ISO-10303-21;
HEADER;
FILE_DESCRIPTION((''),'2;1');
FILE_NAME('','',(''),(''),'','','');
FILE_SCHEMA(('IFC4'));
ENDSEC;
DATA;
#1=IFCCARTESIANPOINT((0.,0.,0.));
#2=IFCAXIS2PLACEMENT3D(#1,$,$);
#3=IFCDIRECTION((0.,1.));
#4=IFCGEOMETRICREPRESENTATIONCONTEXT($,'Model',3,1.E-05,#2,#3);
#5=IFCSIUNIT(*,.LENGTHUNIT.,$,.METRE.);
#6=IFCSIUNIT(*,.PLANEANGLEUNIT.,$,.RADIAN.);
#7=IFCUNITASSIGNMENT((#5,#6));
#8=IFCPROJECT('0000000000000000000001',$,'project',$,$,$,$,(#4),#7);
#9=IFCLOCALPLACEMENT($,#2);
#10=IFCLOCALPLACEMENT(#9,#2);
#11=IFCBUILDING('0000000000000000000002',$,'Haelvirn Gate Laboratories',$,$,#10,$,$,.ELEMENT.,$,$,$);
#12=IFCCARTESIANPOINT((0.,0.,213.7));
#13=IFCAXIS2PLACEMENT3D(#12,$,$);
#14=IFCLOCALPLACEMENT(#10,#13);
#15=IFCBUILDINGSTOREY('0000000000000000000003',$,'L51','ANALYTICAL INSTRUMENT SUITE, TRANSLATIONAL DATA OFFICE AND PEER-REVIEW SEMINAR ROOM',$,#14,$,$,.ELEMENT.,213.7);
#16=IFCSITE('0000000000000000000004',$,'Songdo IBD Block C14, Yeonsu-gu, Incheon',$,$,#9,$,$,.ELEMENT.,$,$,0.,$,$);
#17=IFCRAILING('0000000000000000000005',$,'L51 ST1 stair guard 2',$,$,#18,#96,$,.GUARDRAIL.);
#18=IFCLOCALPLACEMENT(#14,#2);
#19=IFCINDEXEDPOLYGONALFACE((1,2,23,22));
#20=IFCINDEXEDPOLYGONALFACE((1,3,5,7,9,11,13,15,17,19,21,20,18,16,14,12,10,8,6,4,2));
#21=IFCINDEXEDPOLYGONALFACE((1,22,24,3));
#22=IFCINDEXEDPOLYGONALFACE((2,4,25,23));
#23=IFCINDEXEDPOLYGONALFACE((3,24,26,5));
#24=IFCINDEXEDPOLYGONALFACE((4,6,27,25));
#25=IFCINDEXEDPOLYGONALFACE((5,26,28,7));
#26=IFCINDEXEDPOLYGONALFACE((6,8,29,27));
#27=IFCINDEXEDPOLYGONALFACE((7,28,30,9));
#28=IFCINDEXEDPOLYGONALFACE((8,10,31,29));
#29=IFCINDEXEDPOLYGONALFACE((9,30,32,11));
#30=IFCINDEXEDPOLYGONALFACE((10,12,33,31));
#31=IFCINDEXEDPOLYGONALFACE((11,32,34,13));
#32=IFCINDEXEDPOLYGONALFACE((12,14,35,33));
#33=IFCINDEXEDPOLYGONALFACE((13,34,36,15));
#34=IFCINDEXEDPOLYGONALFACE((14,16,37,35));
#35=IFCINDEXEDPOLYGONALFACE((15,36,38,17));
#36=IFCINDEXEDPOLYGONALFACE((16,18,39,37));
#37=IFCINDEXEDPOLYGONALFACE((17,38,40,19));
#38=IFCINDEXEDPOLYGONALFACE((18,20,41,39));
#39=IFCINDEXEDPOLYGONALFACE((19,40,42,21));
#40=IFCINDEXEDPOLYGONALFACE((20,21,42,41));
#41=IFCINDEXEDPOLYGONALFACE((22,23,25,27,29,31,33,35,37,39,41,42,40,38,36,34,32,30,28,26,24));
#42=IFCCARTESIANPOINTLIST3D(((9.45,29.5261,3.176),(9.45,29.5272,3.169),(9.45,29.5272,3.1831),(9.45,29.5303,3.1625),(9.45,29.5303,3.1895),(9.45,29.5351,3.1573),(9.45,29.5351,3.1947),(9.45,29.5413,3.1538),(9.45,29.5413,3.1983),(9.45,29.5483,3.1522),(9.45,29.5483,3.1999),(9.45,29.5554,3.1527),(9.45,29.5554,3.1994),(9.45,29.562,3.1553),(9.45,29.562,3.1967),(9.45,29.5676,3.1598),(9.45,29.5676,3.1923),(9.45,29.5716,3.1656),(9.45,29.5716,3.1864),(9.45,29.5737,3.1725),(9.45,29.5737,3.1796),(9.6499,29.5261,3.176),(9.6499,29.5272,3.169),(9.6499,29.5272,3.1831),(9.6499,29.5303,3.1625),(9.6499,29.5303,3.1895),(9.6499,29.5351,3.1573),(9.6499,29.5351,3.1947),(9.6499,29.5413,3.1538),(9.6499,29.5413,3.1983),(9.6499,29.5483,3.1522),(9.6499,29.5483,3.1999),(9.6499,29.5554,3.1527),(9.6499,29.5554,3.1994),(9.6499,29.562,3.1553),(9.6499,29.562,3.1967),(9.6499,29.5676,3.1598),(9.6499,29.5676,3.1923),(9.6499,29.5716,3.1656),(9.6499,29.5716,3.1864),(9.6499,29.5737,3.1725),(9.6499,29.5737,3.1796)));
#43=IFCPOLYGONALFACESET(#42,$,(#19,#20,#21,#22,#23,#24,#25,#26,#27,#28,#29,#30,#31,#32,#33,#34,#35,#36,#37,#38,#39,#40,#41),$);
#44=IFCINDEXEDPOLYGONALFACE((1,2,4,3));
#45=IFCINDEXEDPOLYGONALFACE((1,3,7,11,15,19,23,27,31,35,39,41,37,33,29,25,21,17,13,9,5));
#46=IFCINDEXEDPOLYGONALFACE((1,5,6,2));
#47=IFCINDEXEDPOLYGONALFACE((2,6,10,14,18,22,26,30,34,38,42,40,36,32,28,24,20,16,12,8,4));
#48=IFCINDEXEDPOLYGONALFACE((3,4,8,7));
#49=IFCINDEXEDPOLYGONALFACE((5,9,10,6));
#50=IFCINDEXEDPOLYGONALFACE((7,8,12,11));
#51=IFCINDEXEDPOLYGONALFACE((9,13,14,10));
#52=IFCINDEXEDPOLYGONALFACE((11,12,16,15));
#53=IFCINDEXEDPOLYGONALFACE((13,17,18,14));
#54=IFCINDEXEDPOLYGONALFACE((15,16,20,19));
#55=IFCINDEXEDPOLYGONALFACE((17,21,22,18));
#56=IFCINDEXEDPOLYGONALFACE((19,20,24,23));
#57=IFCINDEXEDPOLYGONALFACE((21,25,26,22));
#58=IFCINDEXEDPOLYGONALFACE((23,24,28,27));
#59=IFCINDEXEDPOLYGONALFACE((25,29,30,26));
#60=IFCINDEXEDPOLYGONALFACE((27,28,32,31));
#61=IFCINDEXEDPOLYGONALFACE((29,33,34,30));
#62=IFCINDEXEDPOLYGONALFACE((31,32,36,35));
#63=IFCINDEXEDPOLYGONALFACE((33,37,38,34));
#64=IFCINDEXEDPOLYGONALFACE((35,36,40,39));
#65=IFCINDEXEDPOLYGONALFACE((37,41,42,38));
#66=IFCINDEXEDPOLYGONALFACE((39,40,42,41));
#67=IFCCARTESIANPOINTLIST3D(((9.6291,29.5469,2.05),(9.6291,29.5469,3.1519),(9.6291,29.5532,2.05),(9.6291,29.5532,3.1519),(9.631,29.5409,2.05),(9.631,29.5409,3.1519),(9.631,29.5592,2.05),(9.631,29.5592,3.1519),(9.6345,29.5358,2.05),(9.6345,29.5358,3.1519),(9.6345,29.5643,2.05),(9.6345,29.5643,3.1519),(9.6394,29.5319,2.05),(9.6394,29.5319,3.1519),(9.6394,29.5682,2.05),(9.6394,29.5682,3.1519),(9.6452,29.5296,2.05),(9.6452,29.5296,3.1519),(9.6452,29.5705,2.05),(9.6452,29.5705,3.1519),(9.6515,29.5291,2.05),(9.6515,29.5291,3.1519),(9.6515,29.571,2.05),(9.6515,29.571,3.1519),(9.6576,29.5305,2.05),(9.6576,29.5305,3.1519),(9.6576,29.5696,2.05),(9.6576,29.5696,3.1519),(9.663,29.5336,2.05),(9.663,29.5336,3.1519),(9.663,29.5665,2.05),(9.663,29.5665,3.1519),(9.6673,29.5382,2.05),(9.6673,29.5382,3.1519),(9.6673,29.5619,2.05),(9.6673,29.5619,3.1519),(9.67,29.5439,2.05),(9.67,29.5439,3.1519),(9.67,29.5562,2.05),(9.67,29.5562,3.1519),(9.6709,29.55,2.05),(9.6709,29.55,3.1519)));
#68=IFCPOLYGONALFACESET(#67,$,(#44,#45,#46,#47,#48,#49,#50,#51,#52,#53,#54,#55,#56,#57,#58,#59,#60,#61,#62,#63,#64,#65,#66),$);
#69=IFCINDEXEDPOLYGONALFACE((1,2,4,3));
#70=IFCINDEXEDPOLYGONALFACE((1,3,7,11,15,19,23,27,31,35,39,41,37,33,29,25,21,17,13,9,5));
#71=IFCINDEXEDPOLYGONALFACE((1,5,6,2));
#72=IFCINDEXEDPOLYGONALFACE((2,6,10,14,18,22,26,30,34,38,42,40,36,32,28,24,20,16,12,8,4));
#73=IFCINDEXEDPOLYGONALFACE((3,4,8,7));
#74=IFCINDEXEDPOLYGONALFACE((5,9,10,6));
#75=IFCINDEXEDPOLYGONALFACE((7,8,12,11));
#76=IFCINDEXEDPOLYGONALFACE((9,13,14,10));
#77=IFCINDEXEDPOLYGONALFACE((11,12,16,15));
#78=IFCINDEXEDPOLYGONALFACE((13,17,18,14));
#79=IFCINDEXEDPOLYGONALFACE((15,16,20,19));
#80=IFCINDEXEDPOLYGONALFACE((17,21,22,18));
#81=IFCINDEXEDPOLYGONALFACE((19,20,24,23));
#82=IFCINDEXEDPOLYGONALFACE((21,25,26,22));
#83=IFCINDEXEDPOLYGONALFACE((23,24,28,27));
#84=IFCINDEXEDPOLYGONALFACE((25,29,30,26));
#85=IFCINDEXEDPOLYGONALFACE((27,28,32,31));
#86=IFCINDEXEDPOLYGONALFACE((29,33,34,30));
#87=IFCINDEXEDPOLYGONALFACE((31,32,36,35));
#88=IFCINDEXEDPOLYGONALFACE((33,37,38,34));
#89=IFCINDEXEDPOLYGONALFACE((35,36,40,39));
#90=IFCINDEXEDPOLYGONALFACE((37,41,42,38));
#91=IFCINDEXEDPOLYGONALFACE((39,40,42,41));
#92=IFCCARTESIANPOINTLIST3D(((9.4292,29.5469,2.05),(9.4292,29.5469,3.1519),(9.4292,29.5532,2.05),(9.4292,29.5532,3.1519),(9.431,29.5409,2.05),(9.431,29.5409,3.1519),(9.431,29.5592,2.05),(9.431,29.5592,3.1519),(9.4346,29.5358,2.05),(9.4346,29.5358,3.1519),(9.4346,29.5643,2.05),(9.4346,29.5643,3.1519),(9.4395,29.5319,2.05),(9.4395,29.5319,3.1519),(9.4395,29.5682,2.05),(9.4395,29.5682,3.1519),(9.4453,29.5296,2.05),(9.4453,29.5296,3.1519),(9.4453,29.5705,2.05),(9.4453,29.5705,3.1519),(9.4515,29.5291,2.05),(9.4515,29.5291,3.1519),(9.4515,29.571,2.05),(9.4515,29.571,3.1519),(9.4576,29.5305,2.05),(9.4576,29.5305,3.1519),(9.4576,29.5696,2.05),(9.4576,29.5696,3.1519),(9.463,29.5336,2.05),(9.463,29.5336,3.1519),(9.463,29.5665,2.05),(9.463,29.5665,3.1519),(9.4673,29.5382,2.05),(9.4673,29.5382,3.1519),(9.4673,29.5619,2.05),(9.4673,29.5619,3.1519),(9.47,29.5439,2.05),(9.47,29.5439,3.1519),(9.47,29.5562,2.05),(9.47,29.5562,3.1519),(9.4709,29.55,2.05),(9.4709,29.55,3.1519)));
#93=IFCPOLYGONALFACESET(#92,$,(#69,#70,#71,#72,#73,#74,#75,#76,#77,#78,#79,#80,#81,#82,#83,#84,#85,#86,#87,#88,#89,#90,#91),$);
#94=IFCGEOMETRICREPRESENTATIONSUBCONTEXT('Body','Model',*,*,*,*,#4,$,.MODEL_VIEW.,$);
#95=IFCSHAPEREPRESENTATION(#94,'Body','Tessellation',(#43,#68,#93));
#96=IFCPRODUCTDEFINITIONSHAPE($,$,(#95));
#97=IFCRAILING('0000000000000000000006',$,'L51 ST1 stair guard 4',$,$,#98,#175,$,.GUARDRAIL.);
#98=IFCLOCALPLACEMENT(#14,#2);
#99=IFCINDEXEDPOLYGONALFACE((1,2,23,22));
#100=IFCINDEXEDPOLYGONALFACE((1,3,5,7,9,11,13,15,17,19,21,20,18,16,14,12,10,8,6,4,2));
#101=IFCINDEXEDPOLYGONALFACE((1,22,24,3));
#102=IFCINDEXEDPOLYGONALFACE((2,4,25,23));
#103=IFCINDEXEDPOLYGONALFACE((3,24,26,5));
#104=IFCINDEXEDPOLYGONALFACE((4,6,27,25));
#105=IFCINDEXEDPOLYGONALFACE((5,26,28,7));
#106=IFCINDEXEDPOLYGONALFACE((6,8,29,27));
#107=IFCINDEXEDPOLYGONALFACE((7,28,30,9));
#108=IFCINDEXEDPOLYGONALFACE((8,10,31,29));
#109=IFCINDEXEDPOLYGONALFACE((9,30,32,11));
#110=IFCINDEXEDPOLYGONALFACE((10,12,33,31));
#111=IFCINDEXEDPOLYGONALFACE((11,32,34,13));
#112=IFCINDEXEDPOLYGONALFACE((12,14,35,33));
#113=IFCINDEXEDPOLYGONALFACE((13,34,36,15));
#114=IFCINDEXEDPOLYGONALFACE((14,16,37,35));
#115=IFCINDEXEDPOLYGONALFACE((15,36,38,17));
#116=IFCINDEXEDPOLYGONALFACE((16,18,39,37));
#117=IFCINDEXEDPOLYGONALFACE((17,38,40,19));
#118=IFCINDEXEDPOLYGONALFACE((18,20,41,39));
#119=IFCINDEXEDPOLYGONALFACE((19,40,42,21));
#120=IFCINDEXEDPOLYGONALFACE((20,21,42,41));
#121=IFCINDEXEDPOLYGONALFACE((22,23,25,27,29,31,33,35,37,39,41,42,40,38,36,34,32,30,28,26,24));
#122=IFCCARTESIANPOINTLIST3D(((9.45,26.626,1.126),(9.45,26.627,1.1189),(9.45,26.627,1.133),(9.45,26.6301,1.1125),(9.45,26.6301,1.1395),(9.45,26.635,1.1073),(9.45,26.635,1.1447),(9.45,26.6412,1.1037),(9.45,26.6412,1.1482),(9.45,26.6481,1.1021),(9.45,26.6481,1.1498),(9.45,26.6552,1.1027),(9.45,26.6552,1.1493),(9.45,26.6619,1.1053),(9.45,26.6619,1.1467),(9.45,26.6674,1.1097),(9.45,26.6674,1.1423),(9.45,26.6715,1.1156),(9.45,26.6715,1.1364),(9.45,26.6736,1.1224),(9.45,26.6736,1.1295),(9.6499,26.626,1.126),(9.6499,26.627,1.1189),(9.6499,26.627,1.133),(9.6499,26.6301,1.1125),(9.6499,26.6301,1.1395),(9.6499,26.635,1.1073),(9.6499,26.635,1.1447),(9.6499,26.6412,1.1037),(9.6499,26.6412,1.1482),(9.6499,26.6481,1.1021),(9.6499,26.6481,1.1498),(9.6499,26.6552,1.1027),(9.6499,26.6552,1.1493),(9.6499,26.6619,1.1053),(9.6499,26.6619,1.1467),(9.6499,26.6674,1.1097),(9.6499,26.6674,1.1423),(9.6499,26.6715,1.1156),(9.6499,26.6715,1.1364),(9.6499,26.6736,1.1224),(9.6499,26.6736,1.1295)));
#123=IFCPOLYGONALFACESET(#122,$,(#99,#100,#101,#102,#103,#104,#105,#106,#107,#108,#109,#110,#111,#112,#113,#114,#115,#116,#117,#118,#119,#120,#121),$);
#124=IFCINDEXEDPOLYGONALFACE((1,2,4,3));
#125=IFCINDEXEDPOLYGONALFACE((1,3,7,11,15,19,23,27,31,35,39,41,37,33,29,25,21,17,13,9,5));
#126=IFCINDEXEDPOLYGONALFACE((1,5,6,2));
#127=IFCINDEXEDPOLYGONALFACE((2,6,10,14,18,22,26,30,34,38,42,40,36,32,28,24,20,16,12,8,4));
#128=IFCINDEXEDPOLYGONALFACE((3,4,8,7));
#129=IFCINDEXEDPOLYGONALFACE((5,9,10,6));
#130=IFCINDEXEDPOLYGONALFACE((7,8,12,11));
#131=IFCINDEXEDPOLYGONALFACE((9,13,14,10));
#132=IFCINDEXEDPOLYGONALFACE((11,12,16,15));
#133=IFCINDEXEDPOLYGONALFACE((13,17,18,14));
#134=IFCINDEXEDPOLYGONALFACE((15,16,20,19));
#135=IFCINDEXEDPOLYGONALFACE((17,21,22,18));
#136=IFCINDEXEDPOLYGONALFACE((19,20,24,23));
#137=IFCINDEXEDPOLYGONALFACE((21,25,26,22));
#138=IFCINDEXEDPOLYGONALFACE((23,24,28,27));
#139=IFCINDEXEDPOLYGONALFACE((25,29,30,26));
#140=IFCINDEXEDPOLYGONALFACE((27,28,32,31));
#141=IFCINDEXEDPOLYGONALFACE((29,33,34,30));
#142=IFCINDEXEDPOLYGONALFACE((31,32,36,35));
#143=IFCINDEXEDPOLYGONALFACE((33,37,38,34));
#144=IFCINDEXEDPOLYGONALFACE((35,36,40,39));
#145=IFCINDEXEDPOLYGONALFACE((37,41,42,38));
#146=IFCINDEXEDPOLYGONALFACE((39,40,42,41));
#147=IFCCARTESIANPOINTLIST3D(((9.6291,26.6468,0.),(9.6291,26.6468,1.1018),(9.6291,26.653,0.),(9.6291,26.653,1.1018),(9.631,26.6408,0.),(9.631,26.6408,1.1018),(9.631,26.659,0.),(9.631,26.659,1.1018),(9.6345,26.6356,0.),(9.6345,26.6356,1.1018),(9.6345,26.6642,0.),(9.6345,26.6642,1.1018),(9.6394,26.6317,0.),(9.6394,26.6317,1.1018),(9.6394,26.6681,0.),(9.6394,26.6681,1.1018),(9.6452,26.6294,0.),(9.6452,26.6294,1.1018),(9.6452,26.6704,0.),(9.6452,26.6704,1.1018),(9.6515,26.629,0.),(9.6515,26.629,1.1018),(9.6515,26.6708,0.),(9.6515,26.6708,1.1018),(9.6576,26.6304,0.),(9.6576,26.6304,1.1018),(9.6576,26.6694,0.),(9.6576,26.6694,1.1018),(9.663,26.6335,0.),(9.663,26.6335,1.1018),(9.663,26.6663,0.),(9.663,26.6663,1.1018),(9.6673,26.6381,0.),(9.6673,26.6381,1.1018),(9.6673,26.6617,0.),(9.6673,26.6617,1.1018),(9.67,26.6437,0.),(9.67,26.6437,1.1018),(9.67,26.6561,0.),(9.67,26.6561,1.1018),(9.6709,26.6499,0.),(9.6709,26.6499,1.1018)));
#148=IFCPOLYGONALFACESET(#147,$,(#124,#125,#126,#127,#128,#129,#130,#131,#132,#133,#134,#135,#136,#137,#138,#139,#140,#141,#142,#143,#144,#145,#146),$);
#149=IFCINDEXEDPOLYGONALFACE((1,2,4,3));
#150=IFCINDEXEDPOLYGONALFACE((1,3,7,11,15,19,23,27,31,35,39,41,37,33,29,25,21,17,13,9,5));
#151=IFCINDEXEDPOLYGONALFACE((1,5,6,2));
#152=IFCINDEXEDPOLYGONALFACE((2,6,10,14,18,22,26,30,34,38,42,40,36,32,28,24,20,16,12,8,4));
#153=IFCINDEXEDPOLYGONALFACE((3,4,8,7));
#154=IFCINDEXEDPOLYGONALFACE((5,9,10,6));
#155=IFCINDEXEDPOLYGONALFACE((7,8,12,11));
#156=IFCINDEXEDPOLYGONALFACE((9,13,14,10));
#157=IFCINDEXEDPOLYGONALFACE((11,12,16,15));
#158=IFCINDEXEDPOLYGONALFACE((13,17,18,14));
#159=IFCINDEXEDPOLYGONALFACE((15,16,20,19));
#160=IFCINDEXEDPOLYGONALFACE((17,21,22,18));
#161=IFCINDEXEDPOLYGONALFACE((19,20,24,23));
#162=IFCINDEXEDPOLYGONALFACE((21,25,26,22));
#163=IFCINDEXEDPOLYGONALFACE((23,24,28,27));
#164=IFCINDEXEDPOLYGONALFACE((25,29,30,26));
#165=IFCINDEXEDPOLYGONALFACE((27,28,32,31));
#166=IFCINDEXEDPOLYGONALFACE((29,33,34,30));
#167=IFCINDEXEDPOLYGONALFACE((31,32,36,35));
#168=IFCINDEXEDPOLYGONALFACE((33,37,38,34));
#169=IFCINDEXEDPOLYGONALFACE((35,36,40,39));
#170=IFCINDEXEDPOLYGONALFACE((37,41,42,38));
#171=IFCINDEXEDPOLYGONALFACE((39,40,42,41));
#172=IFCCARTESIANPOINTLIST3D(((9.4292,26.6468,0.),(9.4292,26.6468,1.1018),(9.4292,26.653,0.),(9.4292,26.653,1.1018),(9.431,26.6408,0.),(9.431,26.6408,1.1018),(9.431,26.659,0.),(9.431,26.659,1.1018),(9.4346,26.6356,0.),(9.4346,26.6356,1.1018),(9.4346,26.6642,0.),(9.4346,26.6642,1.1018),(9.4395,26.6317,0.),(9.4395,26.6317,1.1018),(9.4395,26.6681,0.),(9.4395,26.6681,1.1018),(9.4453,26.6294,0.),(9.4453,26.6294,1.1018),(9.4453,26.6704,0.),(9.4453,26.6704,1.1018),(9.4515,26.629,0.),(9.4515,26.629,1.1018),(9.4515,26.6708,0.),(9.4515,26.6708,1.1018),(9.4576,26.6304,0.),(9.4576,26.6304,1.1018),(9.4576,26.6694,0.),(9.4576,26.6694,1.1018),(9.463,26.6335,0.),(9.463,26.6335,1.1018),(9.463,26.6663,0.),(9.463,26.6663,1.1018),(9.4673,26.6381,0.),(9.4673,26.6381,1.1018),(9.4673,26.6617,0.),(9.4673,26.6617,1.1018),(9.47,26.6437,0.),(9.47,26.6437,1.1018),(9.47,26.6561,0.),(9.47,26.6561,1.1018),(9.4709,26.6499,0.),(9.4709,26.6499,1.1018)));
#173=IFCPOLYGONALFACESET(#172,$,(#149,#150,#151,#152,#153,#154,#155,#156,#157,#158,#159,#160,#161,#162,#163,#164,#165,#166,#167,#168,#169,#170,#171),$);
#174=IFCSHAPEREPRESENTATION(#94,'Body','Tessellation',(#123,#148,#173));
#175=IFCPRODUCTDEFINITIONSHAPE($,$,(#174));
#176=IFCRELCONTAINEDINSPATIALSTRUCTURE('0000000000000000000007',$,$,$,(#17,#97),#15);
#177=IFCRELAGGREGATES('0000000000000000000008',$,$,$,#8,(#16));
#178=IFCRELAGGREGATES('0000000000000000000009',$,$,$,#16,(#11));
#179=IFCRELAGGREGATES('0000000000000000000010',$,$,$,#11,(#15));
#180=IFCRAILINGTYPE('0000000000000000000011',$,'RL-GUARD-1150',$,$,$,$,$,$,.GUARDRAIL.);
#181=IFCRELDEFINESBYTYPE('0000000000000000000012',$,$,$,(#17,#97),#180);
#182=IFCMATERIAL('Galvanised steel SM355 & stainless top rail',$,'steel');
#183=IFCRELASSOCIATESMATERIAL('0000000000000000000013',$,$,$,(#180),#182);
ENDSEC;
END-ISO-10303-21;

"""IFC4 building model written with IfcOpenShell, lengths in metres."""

from ifc_helpers import new_model, si_unit, direction, frame, origin, origin_2d, place, context, subcontext, project, spatial, circle, extrude, source, transform, mapped, material, type_object, element, save


model = new_model("IFC4")

# Units and contexts
model_context = context("Model", 3, precision=1e-05, world=origin(), true_north=direction((0.0, 1.0)))
body_context = subcontext(model_context, "Body", "Model", "MODEL_VIEW")
ifc_project = project(units=[si_unit("LENGTHUNIT", "METRE"), si_unit("PLANEANGLEUNIT", "RADIAN")], contexts=[model_context])

# Site, building, storey
site_placement = place(None, origin())
site = spatial("IfcSite", under=ifc_project, at=site_placement, Name="Songdo IBD Block C14, Yeonsu-gu, Incheon", CompositionType="ELEMENT", RefElevation=0.0)
building_placement = place(site_placement, origin())
building = spatial("IfcBuilding", under=site, at=building_placement, Name="Haelvirn Gate Laboratories", CompositionType="ELEMENT")
storey_placement = place(building_placement, frame((0.0, 0.0, 213.7)))
storey = spatial("IfcBuildingStorey", under=building, at=storey_placement, Name="L51", Description="ANALYTICAL INSTRUMENT SUITE, TRANSLATIONAL DATA OFFICE AND PEER-REVIEW SEMINAR ROOM", CompositionType="ELEMENT", Elevation=213.7)

# Railings
ifc_material_1 = material(Name="Galvanised steel SM355 & stainless top rail", Category="steel")
railing_type_1 = type_object("IfcRailingType", Name="RL-GUARD-1150", PredefinedType="GUARDRAIL", material=ifc_material_1)
shared_shape_1 = source(origin(), body_context, "Body", "SweptSolid", [
    extrude(circle(Radius=0.0239, at=origin_2d()), frame((0.0, 0.0, 1.126), z_axis=(-1.0, 0.0, 0.0), x_axis=(0.0, -1.0, 0.0)), (0.0, 0.0, 1.0), 0.2),
    extrude(circle(Radius=0.021, at=origin_2d()), origin(), (0.0, 0.0, 1.0), 1.1018),
    extrude(circle(Radius=0.021, at=origin_2d()), frame((-0.2, 0.0, 0.0)), (0.0, 0.0, 1.0), 1.1018),
])
for number, where, name in (
    (1, (9.6499, 29.55, 2.05), "L51 ST1 stair guard 2"),
    (2, (9.6499, 26.6499, 0.0), "L51 ST1 stair guard 4"),
):
    element("IfcRailing", number, at=place(storey_placement, frame(where)), inside=storey, type_object=railing_type_1, Name=name, PredefinedType="GUARDRAIL", context=body_context, shape_type="MappedRepresentation", body=[
        mapped(shared_shape_1, transform((0.0, 0.0, 0.0), scale=1.0)),
    ])

save(model, "model.ifc")
